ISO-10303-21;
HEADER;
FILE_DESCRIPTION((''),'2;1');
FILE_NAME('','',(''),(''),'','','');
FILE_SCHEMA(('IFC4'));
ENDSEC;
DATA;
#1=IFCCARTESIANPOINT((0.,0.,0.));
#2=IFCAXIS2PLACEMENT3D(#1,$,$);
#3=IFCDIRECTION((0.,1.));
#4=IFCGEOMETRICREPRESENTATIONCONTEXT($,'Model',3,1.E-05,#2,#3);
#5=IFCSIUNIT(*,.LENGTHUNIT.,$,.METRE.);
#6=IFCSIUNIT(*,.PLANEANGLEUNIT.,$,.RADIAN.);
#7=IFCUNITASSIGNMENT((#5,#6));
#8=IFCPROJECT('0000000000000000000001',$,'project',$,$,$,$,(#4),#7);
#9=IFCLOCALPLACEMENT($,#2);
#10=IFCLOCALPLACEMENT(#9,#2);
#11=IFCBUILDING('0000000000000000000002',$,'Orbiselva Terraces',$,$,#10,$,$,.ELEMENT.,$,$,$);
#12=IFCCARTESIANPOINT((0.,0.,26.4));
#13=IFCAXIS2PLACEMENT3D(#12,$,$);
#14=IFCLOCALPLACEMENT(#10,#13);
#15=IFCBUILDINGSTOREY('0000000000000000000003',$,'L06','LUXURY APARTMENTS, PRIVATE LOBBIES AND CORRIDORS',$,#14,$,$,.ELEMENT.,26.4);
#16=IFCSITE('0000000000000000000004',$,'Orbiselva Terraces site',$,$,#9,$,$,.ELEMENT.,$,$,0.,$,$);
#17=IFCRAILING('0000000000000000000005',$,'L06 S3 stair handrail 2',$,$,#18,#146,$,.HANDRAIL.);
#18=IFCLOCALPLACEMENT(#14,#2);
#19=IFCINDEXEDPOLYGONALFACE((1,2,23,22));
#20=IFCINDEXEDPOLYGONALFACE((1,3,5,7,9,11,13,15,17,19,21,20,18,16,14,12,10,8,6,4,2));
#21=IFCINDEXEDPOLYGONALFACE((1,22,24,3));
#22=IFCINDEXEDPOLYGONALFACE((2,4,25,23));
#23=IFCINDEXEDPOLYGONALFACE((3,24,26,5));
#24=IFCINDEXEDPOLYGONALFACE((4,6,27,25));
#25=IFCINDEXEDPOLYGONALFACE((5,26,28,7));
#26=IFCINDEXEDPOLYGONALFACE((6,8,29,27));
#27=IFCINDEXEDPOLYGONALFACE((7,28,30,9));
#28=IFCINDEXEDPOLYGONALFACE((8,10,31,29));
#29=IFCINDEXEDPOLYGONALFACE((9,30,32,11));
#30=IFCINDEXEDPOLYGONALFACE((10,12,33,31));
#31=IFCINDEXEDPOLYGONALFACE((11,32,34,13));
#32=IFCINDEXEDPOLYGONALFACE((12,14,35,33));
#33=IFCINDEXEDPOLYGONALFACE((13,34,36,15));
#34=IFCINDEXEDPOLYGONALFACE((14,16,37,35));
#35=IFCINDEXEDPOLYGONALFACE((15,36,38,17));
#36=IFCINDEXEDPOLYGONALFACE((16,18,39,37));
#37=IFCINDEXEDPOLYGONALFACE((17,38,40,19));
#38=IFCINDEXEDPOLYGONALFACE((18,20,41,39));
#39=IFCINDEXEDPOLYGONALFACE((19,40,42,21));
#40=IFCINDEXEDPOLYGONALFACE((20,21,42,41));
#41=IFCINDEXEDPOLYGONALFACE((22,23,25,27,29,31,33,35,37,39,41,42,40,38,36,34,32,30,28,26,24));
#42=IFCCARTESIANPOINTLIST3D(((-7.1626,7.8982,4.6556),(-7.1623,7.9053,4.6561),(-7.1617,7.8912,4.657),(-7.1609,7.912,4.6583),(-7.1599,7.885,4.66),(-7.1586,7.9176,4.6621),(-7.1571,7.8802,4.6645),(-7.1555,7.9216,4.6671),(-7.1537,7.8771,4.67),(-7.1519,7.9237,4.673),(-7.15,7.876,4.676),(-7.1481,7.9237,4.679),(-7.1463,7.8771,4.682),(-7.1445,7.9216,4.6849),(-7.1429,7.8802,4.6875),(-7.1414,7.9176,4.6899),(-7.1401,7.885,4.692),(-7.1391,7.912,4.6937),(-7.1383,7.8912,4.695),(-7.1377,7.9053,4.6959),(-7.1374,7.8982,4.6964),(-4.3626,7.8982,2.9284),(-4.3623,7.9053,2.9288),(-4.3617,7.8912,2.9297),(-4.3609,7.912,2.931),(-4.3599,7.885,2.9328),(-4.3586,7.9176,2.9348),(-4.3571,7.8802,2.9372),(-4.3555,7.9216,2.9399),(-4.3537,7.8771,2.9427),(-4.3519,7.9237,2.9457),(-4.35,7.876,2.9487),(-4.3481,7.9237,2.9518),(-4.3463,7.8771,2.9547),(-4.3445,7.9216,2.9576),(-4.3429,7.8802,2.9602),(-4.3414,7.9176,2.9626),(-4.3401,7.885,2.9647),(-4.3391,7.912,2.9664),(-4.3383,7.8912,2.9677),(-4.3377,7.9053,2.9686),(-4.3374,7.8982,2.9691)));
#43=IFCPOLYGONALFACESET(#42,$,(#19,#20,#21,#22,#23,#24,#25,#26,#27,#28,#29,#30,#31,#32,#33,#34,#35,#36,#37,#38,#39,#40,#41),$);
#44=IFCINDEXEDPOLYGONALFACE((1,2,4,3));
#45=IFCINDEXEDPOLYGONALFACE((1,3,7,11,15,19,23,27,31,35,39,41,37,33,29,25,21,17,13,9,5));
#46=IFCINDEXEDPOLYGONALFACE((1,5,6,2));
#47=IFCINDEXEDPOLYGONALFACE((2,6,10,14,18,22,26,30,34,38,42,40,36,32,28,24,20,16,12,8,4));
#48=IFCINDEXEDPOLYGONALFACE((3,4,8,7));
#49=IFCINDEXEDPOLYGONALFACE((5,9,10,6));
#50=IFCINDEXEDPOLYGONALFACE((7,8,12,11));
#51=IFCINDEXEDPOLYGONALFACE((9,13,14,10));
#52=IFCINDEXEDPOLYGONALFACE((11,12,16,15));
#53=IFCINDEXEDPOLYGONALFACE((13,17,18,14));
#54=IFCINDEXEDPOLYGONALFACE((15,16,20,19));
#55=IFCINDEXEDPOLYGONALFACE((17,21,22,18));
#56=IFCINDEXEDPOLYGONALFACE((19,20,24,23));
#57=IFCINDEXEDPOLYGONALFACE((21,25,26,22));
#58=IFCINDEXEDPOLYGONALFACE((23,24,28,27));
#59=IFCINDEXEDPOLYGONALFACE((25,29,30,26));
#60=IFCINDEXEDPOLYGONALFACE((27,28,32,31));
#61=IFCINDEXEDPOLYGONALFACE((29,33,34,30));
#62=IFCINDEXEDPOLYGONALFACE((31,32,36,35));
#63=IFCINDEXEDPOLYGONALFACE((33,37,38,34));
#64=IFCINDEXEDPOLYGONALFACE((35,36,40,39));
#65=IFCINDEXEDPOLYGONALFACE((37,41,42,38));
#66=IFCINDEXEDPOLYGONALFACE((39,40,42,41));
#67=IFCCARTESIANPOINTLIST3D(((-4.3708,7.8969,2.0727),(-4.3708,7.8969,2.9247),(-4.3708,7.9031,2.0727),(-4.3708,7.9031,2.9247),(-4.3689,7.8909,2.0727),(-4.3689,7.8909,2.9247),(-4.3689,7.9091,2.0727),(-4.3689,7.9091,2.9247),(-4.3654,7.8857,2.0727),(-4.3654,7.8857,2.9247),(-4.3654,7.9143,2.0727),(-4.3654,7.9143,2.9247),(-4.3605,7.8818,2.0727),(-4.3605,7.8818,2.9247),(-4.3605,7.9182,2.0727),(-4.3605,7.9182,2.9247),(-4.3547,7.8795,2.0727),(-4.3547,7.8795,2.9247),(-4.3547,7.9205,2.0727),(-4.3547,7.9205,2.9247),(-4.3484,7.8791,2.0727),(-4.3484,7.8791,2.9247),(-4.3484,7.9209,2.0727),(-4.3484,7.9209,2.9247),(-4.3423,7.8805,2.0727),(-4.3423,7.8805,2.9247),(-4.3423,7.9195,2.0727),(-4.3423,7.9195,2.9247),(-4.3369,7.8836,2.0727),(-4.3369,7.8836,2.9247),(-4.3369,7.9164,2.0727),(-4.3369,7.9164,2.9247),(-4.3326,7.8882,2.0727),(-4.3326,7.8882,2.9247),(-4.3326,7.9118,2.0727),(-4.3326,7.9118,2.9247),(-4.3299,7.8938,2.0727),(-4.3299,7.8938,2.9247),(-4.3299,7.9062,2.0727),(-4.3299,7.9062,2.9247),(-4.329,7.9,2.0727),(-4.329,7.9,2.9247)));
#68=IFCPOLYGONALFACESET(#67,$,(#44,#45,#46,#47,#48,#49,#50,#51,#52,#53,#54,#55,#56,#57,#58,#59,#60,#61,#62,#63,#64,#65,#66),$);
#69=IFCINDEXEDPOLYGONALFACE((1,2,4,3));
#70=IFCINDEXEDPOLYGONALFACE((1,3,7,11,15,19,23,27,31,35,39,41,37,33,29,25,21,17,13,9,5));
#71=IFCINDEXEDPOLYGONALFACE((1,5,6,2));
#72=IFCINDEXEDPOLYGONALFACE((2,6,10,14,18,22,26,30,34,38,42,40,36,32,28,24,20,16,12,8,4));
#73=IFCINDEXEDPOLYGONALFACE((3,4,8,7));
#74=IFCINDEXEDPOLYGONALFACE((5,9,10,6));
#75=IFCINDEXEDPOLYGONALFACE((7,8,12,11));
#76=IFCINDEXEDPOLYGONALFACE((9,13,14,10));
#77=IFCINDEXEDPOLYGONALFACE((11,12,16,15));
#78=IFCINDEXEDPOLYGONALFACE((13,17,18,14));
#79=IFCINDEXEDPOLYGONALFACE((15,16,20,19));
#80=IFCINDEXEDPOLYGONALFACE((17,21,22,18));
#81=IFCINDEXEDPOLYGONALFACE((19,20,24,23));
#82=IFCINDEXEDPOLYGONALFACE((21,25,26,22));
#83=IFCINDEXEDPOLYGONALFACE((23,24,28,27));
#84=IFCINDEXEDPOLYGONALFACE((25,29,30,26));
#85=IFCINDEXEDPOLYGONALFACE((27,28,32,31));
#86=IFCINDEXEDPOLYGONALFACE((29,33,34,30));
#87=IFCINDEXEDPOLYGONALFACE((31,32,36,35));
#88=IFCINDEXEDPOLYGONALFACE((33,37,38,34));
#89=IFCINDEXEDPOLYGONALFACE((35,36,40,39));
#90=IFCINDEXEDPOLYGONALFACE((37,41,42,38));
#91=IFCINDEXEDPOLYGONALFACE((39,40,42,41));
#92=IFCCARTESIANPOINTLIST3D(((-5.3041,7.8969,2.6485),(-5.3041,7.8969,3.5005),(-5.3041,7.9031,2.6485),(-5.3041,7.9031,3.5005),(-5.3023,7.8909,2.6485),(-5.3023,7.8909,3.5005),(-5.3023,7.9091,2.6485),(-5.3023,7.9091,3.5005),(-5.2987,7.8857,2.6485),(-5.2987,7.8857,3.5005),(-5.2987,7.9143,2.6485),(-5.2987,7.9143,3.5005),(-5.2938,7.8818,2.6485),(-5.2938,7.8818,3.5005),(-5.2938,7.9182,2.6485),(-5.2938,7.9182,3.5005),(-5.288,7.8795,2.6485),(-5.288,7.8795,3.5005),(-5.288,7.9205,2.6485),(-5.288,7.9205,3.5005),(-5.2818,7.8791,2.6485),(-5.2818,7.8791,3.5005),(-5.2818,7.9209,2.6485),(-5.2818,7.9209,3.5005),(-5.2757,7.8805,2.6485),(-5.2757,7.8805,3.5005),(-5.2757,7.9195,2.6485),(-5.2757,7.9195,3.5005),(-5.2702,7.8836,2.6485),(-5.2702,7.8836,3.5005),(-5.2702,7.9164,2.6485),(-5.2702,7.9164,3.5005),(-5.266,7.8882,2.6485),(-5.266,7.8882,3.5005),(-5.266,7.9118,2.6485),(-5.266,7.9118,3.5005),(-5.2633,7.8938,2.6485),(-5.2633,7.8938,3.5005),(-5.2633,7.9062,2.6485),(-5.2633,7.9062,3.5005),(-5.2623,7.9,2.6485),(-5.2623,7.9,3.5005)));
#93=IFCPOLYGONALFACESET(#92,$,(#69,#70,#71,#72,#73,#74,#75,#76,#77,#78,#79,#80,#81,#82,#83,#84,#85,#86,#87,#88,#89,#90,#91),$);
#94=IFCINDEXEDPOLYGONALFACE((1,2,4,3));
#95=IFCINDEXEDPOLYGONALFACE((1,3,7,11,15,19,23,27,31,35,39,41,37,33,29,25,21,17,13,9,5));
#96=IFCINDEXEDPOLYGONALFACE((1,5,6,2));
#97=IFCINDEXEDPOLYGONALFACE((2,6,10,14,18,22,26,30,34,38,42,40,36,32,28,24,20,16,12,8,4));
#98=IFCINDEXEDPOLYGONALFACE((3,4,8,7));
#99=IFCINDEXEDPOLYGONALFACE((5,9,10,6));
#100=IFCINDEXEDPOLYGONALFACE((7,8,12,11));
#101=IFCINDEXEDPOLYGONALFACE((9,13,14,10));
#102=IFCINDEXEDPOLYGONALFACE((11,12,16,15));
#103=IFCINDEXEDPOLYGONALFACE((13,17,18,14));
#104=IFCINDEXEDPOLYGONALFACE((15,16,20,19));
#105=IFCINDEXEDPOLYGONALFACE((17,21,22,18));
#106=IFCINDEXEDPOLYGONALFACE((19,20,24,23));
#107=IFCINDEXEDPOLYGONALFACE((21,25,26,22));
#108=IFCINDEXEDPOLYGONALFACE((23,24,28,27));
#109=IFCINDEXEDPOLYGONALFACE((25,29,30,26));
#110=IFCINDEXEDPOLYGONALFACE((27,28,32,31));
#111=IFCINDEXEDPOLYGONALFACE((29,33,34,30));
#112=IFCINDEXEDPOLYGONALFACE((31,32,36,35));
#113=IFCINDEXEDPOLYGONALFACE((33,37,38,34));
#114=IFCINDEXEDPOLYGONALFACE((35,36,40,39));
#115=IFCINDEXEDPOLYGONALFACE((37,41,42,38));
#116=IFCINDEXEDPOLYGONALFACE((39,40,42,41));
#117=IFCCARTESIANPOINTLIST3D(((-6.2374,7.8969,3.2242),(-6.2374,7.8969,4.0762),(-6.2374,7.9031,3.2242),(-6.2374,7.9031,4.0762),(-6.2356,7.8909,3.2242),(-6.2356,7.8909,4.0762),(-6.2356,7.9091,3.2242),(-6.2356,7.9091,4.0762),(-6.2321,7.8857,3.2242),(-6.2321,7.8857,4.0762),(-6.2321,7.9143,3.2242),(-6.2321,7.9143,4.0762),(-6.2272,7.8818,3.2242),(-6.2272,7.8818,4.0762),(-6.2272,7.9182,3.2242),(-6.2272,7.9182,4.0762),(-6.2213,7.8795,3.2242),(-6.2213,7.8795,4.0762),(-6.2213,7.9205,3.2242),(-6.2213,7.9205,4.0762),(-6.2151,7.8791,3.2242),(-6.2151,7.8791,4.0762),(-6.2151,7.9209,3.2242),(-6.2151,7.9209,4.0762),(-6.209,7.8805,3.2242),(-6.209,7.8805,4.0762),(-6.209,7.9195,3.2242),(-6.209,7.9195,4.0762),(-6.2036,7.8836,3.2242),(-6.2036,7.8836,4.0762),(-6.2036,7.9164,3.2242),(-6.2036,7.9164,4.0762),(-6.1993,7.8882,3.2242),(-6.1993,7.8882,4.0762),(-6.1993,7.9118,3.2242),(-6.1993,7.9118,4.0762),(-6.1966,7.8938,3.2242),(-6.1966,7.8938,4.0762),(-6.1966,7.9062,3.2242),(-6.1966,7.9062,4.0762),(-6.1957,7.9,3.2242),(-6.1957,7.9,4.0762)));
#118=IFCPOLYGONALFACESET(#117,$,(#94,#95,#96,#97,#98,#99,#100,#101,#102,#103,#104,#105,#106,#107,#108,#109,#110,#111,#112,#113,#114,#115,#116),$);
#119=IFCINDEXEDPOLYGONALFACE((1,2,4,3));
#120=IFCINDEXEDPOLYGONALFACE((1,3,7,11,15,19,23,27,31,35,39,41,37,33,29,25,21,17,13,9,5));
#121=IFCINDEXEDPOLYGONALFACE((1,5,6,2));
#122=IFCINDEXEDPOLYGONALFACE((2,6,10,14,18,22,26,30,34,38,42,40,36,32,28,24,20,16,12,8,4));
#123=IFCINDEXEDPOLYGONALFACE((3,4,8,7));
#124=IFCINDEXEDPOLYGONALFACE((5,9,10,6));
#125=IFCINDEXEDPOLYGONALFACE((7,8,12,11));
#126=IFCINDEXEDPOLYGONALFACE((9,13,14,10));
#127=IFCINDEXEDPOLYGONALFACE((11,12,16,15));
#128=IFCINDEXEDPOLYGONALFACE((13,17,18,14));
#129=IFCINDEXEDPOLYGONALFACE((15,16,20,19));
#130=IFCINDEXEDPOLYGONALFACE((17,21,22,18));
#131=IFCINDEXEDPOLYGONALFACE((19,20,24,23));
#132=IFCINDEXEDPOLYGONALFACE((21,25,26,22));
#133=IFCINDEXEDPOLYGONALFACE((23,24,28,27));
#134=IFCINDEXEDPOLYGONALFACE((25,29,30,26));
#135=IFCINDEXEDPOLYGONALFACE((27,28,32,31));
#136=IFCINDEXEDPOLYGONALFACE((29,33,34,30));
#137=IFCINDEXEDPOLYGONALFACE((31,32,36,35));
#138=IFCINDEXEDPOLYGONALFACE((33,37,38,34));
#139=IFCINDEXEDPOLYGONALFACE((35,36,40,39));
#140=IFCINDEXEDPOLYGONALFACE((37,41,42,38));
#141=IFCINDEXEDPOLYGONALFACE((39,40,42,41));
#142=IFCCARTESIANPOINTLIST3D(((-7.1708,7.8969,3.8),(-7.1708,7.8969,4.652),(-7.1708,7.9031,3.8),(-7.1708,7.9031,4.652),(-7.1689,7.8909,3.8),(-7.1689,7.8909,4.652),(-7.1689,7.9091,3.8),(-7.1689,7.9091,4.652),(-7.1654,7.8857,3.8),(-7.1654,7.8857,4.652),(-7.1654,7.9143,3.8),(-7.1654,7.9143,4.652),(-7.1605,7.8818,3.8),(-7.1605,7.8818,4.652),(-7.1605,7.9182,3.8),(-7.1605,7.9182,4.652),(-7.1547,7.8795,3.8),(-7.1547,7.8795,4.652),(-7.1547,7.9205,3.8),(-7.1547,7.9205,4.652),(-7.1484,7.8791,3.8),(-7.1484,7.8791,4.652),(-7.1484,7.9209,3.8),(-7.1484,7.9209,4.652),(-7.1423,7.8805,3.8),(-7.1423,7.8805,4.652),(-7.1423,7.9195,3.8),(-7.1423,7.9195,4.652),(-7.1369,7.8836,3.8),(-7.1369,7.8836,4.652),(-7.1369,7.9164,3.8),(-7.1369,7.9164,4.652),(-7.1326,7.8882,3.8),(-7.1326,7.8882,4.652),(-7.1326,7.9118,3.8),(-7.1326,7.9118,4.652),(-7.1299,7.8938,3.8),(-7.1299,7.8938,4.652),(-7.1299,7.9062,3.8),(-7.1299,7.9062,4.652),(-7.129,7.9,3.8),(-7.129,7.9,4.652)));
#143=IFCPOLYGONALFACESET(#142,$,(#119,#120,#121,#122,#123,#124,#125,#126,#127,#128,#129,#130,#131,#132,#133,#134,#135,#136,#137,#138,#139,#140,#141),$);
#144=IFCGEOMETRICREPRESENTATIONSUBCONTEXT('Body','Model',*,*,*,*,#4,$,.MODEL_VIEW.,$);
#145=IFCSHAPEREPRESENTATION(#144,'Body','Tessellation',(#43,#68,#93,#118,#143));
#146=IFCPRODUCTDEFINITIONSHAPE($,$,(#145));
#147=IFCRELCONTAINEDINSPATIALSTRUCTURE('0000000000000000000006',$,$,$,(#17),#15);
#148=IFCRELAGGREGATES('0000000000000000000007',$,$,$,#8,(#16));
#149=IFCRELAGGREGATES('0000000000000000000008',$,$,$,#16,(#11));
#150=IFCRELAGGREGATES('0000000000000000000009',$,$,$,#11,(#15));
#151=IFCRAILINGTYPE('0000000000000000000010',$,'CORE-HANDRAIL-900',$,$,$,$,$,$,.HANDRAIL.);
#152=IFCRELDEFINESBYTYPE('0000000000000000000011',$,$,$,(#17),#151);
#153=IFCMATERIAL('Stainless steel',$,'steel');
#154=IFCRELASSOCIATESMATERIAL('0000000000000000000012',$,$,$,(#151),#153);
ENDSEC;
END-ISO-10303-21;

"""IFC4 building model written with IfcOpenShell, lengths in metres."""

from ifc_helpers import new_model, si_unit, direction, frame, origin, origin_2d, place, context, subcontext, project, spatial, circle, extrude, material, type_object, element, save


model = new_model("IFC4")

# Units and contexts
model_context = context("Model", 3, precision=1e-05, world=origin(), true_north=direction((0.0, 1.0)))
body_context = subcontext(model_context, "Body", "Model", "MODEL_VIEW")
ifc_project = project(units=[si_unit("LENGTHUNIT", "METRE"), si_unit("PLANEANGLEUNIT", "RADIAN")], contexts=[model_context])

# Site, building, storey
site_placement = place(None, origin())
site = spatial("IfcSite", under=ifc_project, at=site_placement, Name="Orbiselva Terraces site", CompositionType="ELEMENT", RefElevation=0.0)
building_placement = place(site_placement, origin())
building = spatial("IfcBuilding", under=site, at=building_placement, Name="Orbiselva Terraces", CompositionType="ELEMENT")
storey_placement = place(building_placement, frame((0.0, 0.0, 26.4)))
storey = spatial("IfcBuildingStorey", under=building, at=storey_placement, Name="L06", Description="LUXURY APARTMENTS, PRIVATE LOBBIES AND CORRIDORS", CompositionType="ELEMENT", Elevation=26.4)

# Railing
ifc_material_1 = material(Name="Stainless steel", Category="steel")
railing_type_1 = type_object("IfcRailingType", Name="CORE-HANDRAIL-900", PredefinedType="HANDRAIL", material=ifc_material_1)
railing_1_placement = place(storey_placement, frame((-4.35, 7.9, 2.0727)))
element("IfcRailing", 1, at=railing_1_placement, inside=storey, type_object=railing_type_1, Name="L06 S3 stair handrail 2", PredefinedType="HANDRAIL", context=body_context, shape_type="SweptSolid", body=[
    extrude(circle(Radius=0.024, at=origin_2d()), frame((0.0, 0.0, 0.876), z_axis=(-0.851089, 0.0, 0.525022), x_axis=(0.0, -1.0, 0.0)), (0.0, 0.0, 1.0), 3.2899),
    extrude(circle(Radius=0.021, at=origin_2d()), origin(), (0.0, 0.0, 1.0), 0.852),
    extrude(circle(Radius=0.021, at=origin_2d()), frame((-0.9333, 0.0, 0.5758)), (0.0, 0.0, 1.0), 0.852),
    extrude(circle(Radius=0.021, at=origin_2d()), frame((-1.8667, 0.0, 1.1515)), (0.0, 0.0, 1.0), 0.852),
    extrude(circle(Radius=0.021, at=origin_2d()), frame((-2.8, 0.0, 1.7273)), (0.0, 0.0, 1.0), 0.852),
])

save(model, "model.ifc")
